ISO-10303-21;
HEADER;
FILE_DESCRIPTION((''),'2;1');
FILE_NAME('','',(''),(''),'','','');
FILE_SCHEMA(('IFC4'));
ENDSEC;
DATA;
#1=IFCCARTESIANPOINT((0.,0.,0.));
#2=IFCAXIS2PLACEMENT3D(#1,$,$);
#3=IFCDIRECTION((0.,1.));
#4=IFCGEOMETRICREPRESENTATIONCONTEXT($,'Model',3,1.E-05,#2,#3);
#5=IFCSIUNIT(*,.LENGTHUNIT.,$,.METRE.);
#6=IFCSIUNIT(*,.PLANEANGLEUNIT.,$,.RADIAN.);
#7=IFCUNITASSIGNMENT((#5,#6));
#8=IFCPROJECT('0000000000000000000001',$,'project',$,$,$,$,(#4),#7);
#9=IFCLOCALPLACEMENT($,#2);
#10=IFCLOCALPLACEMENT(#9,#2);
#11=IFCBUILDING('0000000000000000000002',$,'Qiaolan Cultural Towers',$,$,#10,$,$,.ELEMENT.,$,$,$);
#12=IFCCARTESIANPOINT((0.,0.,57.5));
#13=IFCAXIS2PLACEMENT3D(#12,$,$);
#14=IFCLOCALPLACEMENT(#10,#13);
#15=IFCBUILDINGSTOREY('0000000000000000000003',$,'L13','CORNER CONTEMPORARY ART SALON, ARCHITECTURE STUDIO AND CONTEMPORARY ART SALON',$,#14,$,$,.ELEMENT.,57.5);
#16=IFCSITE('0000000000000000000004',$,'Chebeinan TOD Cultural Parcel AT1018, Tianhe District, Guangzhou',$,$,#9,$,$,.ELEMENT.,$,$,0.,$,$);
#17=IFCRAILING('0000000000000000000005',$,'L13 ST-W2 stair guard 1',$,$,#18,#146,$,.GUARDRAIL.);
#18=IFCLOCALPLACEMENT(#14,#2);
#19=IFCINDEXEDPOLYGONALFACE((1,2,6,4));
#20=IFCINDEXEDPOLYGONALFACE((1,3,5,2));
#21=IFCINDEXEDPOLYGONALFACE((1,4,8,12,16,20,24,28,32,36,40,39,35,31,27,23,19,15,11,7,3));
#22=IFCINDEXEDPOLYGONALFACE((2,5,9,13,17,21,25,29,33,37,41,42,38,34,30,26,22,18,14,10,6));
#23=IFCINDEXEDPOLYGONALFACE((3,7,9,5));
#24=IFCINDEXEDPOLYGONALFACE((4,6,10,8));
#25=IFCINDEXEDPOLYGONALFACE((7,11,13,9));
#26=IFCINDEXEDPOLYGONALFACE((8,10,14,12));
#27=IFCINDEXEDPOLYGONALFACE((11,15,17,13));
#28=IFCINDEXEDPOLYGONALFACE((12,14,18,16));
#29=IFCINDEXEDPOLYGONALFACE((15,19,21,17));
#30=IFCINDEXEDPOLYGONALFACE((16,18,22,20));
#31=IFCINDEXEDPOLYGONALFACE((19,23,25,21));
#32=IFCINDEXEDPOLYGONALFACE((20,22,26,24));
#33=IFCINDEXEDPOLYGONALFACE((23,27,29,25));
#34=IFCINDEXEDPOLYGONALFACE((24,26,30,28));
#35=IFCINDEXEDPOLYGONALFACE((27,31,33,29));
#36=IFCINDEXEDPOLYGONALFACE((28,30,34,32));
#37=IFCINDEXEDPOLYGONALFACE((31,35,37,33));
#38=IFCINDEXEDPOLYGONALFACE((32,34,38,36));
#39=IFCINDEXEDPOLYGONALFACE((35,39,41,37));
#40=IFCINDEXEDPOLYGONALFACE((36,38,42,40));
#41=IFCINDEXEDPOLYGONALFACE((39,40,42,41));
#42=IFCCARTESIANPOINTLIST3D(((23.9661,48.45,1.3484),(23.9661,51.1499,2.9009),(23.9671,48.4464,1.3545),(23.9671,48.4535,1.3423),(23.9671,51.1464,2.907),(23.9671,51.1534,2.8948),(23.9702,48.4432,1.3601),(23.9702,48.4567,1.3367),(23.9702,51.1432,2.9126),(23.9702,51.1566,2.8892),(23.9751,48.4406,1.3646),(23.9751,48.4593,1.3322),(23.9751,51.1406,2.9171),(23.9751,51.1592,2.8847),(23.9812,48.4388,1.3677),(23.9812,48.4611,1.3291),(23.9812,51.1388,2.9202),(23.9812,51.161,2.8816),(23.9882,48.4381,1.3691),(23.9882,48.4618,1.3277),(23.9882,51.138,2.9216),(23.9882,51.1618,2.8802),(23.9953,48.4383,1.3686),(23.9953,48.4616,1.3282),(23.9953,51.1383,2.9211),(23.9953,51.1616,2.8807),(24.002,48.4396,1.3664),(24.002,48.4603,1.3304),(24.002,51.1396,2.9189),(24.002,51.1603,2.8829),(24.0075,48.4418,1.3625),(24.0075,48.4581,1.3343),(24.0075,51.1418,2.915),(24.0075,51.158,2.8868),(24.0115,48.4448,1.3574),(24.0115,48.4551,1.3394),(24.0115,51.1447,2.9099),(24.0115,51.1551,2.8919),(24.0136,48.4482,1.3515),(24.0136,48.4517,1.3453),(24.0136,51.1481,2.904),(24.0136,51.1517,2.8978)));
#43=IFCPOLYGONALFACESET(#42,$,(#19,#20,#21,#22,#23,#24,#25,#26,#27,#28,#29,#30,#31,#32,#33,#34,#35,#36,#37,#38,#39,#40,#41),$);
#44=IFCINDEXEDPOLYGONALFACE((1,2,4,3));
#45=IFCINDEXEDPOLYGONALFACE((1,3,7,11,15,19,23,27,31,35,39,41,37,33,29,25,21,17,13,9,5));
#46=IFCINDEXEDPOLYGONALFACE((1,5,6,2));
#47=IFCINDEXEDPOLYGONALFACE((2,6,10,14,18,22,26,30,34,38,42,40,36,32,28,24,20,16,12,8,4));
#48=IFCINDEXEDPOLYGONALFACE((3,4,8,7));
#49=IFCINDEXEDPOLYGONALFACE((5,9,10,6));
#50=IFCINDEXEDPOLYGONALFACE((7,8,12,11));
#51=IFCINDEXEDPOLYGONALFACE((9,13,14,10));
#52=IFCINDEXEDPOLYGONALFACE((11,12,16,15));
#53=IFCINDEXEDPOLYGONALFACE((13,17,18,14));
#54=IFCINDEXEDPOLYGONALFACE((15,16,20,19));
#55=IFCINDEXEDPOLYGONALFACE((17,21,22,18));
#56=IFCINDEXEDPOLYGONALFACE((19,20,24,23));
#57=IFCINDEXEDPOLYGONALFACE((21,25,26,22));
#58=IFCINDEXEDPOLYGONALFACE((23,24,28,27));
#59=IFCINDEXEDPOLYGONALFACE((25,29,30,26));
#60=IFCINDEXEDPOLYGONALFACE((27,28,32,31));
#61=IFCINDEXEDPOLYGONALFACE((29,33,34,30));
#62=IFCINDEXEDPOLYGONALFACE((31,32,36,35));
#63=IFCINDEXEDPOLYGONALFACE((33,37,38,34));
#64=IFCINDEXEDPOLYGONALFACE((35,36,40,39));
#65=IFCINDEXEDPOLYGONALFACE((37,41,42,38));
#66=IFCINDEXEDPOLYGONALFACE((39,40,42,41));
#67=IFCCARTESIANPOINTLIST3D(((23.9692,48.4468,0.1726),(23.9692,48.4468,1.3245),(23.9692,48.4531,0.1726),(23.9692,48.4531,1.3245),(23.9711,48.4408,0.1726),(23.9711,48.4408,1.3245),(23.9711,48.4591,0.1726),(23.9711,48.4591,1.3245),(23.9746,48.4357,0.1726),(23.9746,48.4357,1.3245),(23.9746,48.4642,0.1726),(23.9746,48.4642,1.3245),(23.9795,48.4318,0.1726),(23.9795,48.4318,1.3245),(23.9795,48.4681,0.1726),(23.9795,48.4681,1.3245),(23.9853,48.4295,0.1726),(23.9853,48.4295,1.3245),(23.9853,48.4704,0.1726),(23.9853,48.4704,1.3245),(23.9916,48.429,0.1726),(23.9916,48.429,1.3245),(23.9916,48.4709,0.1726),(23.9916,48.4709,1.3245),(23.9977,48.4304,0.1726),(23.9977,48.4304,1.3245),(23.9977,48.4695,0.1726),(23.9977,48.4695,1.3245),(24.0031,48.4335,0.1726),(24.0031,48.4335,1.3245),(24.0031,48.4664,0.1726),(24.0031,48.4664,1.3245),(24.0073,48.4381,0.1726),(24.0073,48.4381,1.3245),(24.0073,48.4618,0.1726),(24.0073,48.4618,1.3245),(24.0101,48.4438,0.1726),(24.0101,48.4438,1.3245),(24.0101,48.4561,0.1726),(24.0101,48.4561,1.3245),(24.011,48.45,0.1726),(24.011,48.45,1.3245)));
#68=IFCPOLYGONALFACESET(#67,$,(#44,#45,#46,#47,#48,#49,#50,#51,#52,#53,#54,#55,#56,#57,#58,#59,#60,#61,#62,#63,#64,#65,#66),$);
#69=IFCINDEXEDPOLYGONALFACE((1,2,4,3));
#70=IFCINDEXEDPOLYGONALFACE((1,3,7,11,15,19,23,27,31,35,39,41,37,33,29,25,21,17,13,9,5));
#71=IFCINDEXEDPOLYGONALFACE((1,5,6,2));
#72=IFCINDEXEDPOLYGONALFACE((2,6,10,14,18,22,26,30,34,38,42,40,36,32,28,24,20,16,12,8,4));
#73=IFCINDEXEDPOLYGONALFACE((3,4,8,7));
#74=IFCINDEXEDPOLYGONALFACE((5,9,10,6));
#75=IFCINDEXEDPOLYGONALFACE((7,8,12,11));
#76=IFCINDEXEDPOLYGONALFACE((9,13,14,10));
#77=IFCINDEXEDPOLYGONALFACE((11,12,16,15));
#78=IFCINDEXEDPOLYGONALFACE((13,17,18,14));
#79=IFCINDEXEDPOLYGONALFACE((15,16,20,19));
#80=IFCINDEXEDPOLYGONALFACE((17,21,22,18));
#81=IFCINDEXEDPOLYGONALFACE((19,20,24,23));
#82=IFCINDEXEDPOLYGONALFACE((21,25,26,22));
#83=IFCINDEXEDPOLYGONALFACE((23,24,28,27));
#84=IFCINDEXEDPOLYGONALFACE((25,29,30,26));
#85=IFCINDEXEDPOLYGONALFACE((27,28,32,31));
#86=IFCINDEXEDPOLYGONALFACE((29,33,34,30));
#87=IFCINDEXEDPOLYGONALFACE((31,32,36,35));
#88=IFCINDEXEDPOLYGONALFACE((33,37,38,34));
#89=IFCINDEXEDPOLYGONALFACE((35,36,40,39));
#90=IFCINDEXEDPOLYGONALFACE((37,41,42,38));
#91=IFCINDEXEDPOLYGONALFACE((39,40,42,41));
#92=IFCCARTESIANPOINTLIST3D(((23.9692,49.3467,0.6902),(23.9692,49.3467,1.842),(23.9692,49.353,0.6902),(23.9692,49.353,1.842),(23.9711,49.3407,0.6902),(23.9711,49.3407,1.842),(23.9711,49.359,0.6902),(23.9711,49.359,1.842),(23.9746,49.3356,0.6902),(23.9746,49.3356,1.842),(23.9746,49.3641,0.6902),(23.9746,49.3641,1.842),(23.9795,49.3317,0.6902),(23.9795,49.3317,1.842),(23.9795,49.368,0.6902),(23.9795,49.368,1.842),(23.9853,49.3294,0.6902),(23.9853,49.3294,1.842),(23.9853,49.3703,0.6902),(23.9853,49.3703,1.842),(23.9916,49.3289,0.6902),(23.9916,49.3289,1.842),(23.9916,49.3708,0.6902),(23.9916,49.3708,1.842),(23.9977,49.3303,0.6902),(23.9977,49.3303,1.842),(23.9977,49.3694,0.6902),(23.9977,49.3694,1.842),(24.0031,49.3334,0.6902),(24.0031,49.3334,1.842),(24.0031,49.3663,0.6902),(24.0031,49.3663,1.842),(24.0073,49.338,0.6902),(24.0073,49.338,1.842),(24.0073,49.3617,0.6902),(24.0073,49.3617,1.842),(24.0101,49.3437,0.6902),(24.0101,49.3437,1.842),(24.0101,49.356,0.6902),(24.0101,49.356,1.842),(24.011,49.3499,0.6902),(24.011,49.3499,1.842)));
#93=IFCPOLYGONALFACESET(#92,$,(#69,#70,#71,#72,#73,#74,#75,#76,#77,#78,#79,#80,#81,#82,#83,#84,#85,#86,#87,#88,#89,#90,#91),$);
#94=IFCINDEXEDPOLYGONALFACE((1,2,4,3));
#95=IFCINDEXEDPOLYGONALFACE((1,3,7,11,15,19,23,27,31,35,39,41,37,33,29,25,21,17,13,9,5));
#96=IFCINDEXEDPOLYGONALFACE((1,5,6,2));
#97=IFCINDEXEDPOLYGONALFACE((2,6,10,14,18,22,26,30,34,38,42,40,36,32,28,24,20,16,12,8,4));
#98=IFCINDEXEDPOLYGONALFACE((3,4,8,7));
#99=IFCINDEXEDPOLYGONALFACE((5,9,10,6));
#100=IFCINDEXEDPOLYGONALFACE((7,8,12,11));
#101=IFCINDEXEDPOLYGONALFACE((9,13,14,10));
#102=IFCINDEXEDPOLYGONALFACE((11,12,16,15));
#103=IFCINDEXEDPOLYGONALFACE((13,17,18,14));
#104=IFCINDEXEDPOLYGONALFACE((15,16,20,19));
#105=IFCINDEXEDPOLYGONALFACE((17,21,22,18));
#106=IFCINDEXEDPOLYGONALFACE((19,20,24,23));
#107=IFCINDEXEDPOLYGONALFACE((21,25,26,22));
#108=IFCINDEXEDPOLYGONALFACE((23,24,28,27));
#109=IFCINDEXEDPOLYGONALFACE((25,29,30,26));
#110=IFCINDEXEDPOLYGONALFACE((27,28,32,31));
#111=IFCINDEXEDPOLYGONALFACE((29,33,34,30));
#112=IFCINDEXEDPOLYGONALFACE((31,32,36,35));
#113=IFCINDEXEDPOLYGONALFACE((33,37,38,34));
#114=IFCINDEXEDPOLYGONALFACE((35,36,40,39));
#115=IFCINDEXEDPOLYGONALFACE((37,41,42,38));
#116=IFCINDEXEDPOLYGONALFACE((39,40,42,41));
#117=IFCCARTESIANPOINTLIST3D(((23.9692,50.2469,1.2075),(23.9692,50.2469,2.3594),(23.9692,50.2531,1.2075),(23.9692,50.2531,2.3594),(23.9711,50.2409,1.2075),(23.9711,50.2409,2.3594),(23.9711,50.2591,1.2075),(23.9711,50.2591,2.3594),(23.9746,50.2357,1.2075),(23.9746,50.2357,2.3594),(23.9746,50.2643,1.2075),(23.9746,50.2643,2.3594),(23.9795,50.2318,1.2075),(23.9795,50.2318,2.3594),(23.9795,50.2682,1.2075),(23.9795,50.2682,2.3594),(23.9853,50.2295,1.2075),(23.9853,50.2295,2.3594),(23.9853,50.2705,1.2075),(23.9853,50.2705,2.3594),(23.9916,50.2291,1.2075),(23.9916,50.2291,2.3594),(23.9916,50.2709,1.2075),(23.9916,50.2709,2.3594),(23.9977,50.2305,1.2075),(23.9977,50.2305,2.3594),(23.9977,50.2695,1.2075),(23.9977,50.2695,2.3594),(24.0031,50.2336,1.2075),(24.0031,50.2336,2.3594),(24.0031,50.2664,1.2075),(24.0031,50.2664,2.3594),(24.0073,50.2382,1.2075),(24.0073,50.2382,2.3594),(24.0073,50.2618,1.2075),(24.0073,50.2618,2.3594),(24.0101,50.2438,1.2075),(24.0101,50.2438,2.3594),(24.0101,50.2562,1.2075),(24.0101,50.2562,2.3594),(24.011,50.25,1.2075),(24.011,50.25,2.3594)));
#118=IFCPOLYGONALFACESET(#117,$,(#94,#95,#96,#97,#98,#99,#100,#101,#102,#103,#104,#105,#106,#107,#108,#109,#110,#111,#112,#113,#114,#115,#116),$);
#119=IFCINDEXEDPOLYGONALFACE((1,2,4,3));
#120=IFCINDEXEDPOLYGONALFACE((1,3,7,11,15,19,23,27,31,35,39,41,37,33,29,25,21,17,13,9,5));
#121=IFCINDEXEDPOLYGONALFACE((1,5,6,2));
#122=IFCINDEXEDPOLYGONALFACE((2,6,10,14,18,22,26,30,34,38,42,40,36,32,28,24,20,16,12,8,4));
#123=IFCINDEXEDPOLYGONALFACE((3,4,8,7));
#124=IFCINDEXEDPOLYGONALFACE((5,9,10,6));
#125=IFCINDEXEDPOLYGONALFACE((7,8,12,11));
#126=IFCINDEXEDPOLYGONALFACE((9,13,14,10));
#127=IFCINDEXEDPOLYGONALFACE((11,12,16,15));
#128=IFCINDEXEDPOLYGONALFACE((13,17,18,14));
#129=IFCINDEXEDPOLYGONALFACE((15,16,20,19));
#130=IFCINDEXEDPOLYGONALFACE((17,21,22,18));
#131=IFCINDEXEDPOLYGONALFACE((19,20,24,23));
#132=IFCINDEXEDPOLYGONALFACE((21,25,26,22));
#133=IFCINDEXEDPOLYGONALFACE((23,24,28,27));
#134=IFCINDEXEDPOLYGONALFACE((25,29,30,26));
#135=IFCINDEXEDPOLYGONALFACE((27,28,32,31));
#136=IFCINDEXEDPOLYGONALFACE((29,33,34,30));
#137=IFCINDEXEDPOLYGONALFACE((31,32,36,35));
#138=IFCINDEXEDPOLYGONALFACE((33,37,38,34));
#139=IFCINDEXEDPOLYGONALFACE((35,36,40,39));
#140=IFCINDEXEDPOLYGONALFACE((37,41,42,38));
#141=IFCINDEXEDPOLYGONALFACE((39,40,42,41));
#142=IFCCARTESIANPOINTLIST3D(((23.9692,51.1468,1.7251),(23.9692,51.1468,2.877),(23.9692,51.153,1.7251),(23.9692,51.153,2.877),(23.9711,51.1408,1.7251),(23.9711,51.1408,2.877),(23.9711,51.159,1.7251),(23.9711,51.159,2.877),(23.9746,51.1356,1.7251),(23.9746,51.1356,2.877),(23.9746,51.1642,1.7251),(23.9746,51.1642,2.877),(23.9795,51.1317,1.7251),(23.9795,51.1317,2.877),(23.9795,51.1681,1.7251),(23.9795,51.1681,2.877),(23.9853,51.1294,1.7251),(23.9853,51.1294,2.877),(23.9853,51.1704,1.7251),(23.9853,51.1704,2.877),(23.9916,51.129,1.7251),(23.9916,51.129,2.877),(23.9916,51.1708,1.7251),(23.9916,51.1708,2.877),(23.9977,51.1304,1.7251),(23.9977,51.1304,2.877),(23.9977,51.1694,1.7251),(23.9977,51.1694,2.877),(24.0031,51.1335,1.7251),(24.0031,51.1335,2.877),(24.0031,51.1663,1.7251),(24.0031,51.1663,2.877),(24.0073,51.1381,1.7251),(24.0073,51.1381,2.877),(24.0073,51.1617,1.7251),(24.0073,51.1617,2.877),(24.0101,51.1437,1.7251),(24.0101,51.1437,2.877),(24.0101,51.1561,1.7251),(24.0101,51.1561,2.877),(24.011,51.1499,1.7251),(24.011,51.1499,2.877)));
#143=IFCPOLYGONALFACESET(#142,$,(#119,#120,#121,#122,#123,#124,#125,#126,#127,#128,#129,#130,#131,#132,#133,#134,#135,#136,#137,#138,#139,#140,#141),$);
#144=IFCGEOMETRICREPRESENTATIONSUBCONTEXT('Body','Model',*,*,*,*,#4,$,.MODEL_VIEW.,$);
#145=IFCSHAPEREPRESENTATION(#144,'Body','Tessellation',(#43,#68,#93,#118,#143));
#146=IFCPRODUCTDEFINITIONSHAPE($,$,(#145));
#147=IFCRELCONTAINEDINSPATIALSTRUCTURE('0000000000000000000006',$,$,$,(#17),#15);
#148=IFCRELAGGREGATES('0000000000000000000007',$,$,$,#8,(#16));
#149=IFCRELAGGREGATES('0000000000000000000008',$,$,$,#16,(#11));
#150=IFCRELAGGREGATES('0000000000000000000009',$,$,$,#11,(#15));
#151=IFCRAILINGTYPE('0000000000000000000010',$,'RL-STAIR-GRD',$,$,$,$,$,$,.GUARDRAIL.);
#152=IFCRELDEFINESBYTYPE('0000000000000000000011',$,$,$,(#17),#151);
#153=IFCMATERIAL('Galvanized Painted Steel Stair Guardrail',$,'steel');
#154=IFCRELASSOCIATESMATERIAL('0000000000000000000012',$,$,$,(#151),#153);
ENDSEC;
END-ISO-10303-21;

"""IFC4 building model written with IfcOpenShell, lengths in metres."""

from ifc_helpers import new_model, si_unit, direction, frame, origin, origin_2d, place, context, subcontext, project, spatial, circle, extrude, material, type_object, element, save


model = new_model("IFC4")

# Units and contexts
model_context = context("Model", 3, precision=1e-05, world=origin(), true_north=direction((0.0, 1.0)))
body_context = subcontext(model_context, "Body", "Model", "MODEL_VIEW")
ifc_project = project(units=[si_unit("LENGTHUNIT", "METRE"), si_unit("PLANEANGLEUNIT", "RADIAN")], contexts=[model_context])

# Site, building, storey
site_placement = place(None, origin())
site = spatial("IfcSite", under=ifc_project, at=site_placement, Name="Chebeinan TOD Cultural Parcel AT1018, Tianhe District, Guangzhou", CompositionType="ELEMENT", RefElevation=0.0)
building_placement = place(site_placement, origin())
building = spatial("IfcBuilding", under=site, at=building_placement, Name="Qiaolan Cultural Towers", CompositionType="ELEMENT")
storey_placement = place(building_placement, frame((0.0, 0.0, 57.5)))
storey = spatial("IfcBuildingStorey", under=building, at=storey_placement, Name="L13", Description="CORNER CONTEMPORARY ART SALON, ARCHITECTURE STUDIO AND CONTEMPORARY ART SALON", CompositionType="ELEMENT", Elevation=57.5)

# Railing
ifc_material_1 = material(Name="Galvanized Painted Steel Stair Guardrail", Category="steel")
railing_type_1 = type_object("IfcRailingType", Name="RL-STAIR-GRD", PredefinedType="GUARDRAIL", material=ifc_material_1)
railing_1_placement = place(storey_placement, frame((23.99, 48.45, 0.1726)))
element("IfcRailing", 1, at=railing_1_placement, inside=storey, type_object=railing_type_1, Name="L13 ST-W2 stair guard 1", PredefinedType="GUARDRAIL", context=body_context, shape_type="SweptSolid", body=[
    extrude(circle(Radius=0.0239, at=origin_2d()), frame((0.0, 0.0, 1.1758), z_axis=(0.0, 0.866904, 0.498476), x_axis=(-1.0, 0.0, 0.0)), (0.0, 0.0, 1.0), 3.1145),
    extrude(circle(Radius=0.021, at=origin_2d()), origin(), (0.0, 0.0, 1.0), 1.1519),
    extrude(circle(Radius=0.021, at=origin_2d()), frame((0.0, 0.8999, 0.5176)), (0.0, 0.0, 1.0), 1.1519),
    extrude(circle(Radius=0.021, at=origin_2d()), frame((0.0, 1.8, 1.0349)), (0.0, 0.0, 1.0), 1.1519),
    extrude(circle(Radius=0.021, at=origin_2d()), frame((0.0, 2.7, 1.5525)), (0.0, 0.0, 1.0), 1.1519),
])

save(model, "model.ifc")
